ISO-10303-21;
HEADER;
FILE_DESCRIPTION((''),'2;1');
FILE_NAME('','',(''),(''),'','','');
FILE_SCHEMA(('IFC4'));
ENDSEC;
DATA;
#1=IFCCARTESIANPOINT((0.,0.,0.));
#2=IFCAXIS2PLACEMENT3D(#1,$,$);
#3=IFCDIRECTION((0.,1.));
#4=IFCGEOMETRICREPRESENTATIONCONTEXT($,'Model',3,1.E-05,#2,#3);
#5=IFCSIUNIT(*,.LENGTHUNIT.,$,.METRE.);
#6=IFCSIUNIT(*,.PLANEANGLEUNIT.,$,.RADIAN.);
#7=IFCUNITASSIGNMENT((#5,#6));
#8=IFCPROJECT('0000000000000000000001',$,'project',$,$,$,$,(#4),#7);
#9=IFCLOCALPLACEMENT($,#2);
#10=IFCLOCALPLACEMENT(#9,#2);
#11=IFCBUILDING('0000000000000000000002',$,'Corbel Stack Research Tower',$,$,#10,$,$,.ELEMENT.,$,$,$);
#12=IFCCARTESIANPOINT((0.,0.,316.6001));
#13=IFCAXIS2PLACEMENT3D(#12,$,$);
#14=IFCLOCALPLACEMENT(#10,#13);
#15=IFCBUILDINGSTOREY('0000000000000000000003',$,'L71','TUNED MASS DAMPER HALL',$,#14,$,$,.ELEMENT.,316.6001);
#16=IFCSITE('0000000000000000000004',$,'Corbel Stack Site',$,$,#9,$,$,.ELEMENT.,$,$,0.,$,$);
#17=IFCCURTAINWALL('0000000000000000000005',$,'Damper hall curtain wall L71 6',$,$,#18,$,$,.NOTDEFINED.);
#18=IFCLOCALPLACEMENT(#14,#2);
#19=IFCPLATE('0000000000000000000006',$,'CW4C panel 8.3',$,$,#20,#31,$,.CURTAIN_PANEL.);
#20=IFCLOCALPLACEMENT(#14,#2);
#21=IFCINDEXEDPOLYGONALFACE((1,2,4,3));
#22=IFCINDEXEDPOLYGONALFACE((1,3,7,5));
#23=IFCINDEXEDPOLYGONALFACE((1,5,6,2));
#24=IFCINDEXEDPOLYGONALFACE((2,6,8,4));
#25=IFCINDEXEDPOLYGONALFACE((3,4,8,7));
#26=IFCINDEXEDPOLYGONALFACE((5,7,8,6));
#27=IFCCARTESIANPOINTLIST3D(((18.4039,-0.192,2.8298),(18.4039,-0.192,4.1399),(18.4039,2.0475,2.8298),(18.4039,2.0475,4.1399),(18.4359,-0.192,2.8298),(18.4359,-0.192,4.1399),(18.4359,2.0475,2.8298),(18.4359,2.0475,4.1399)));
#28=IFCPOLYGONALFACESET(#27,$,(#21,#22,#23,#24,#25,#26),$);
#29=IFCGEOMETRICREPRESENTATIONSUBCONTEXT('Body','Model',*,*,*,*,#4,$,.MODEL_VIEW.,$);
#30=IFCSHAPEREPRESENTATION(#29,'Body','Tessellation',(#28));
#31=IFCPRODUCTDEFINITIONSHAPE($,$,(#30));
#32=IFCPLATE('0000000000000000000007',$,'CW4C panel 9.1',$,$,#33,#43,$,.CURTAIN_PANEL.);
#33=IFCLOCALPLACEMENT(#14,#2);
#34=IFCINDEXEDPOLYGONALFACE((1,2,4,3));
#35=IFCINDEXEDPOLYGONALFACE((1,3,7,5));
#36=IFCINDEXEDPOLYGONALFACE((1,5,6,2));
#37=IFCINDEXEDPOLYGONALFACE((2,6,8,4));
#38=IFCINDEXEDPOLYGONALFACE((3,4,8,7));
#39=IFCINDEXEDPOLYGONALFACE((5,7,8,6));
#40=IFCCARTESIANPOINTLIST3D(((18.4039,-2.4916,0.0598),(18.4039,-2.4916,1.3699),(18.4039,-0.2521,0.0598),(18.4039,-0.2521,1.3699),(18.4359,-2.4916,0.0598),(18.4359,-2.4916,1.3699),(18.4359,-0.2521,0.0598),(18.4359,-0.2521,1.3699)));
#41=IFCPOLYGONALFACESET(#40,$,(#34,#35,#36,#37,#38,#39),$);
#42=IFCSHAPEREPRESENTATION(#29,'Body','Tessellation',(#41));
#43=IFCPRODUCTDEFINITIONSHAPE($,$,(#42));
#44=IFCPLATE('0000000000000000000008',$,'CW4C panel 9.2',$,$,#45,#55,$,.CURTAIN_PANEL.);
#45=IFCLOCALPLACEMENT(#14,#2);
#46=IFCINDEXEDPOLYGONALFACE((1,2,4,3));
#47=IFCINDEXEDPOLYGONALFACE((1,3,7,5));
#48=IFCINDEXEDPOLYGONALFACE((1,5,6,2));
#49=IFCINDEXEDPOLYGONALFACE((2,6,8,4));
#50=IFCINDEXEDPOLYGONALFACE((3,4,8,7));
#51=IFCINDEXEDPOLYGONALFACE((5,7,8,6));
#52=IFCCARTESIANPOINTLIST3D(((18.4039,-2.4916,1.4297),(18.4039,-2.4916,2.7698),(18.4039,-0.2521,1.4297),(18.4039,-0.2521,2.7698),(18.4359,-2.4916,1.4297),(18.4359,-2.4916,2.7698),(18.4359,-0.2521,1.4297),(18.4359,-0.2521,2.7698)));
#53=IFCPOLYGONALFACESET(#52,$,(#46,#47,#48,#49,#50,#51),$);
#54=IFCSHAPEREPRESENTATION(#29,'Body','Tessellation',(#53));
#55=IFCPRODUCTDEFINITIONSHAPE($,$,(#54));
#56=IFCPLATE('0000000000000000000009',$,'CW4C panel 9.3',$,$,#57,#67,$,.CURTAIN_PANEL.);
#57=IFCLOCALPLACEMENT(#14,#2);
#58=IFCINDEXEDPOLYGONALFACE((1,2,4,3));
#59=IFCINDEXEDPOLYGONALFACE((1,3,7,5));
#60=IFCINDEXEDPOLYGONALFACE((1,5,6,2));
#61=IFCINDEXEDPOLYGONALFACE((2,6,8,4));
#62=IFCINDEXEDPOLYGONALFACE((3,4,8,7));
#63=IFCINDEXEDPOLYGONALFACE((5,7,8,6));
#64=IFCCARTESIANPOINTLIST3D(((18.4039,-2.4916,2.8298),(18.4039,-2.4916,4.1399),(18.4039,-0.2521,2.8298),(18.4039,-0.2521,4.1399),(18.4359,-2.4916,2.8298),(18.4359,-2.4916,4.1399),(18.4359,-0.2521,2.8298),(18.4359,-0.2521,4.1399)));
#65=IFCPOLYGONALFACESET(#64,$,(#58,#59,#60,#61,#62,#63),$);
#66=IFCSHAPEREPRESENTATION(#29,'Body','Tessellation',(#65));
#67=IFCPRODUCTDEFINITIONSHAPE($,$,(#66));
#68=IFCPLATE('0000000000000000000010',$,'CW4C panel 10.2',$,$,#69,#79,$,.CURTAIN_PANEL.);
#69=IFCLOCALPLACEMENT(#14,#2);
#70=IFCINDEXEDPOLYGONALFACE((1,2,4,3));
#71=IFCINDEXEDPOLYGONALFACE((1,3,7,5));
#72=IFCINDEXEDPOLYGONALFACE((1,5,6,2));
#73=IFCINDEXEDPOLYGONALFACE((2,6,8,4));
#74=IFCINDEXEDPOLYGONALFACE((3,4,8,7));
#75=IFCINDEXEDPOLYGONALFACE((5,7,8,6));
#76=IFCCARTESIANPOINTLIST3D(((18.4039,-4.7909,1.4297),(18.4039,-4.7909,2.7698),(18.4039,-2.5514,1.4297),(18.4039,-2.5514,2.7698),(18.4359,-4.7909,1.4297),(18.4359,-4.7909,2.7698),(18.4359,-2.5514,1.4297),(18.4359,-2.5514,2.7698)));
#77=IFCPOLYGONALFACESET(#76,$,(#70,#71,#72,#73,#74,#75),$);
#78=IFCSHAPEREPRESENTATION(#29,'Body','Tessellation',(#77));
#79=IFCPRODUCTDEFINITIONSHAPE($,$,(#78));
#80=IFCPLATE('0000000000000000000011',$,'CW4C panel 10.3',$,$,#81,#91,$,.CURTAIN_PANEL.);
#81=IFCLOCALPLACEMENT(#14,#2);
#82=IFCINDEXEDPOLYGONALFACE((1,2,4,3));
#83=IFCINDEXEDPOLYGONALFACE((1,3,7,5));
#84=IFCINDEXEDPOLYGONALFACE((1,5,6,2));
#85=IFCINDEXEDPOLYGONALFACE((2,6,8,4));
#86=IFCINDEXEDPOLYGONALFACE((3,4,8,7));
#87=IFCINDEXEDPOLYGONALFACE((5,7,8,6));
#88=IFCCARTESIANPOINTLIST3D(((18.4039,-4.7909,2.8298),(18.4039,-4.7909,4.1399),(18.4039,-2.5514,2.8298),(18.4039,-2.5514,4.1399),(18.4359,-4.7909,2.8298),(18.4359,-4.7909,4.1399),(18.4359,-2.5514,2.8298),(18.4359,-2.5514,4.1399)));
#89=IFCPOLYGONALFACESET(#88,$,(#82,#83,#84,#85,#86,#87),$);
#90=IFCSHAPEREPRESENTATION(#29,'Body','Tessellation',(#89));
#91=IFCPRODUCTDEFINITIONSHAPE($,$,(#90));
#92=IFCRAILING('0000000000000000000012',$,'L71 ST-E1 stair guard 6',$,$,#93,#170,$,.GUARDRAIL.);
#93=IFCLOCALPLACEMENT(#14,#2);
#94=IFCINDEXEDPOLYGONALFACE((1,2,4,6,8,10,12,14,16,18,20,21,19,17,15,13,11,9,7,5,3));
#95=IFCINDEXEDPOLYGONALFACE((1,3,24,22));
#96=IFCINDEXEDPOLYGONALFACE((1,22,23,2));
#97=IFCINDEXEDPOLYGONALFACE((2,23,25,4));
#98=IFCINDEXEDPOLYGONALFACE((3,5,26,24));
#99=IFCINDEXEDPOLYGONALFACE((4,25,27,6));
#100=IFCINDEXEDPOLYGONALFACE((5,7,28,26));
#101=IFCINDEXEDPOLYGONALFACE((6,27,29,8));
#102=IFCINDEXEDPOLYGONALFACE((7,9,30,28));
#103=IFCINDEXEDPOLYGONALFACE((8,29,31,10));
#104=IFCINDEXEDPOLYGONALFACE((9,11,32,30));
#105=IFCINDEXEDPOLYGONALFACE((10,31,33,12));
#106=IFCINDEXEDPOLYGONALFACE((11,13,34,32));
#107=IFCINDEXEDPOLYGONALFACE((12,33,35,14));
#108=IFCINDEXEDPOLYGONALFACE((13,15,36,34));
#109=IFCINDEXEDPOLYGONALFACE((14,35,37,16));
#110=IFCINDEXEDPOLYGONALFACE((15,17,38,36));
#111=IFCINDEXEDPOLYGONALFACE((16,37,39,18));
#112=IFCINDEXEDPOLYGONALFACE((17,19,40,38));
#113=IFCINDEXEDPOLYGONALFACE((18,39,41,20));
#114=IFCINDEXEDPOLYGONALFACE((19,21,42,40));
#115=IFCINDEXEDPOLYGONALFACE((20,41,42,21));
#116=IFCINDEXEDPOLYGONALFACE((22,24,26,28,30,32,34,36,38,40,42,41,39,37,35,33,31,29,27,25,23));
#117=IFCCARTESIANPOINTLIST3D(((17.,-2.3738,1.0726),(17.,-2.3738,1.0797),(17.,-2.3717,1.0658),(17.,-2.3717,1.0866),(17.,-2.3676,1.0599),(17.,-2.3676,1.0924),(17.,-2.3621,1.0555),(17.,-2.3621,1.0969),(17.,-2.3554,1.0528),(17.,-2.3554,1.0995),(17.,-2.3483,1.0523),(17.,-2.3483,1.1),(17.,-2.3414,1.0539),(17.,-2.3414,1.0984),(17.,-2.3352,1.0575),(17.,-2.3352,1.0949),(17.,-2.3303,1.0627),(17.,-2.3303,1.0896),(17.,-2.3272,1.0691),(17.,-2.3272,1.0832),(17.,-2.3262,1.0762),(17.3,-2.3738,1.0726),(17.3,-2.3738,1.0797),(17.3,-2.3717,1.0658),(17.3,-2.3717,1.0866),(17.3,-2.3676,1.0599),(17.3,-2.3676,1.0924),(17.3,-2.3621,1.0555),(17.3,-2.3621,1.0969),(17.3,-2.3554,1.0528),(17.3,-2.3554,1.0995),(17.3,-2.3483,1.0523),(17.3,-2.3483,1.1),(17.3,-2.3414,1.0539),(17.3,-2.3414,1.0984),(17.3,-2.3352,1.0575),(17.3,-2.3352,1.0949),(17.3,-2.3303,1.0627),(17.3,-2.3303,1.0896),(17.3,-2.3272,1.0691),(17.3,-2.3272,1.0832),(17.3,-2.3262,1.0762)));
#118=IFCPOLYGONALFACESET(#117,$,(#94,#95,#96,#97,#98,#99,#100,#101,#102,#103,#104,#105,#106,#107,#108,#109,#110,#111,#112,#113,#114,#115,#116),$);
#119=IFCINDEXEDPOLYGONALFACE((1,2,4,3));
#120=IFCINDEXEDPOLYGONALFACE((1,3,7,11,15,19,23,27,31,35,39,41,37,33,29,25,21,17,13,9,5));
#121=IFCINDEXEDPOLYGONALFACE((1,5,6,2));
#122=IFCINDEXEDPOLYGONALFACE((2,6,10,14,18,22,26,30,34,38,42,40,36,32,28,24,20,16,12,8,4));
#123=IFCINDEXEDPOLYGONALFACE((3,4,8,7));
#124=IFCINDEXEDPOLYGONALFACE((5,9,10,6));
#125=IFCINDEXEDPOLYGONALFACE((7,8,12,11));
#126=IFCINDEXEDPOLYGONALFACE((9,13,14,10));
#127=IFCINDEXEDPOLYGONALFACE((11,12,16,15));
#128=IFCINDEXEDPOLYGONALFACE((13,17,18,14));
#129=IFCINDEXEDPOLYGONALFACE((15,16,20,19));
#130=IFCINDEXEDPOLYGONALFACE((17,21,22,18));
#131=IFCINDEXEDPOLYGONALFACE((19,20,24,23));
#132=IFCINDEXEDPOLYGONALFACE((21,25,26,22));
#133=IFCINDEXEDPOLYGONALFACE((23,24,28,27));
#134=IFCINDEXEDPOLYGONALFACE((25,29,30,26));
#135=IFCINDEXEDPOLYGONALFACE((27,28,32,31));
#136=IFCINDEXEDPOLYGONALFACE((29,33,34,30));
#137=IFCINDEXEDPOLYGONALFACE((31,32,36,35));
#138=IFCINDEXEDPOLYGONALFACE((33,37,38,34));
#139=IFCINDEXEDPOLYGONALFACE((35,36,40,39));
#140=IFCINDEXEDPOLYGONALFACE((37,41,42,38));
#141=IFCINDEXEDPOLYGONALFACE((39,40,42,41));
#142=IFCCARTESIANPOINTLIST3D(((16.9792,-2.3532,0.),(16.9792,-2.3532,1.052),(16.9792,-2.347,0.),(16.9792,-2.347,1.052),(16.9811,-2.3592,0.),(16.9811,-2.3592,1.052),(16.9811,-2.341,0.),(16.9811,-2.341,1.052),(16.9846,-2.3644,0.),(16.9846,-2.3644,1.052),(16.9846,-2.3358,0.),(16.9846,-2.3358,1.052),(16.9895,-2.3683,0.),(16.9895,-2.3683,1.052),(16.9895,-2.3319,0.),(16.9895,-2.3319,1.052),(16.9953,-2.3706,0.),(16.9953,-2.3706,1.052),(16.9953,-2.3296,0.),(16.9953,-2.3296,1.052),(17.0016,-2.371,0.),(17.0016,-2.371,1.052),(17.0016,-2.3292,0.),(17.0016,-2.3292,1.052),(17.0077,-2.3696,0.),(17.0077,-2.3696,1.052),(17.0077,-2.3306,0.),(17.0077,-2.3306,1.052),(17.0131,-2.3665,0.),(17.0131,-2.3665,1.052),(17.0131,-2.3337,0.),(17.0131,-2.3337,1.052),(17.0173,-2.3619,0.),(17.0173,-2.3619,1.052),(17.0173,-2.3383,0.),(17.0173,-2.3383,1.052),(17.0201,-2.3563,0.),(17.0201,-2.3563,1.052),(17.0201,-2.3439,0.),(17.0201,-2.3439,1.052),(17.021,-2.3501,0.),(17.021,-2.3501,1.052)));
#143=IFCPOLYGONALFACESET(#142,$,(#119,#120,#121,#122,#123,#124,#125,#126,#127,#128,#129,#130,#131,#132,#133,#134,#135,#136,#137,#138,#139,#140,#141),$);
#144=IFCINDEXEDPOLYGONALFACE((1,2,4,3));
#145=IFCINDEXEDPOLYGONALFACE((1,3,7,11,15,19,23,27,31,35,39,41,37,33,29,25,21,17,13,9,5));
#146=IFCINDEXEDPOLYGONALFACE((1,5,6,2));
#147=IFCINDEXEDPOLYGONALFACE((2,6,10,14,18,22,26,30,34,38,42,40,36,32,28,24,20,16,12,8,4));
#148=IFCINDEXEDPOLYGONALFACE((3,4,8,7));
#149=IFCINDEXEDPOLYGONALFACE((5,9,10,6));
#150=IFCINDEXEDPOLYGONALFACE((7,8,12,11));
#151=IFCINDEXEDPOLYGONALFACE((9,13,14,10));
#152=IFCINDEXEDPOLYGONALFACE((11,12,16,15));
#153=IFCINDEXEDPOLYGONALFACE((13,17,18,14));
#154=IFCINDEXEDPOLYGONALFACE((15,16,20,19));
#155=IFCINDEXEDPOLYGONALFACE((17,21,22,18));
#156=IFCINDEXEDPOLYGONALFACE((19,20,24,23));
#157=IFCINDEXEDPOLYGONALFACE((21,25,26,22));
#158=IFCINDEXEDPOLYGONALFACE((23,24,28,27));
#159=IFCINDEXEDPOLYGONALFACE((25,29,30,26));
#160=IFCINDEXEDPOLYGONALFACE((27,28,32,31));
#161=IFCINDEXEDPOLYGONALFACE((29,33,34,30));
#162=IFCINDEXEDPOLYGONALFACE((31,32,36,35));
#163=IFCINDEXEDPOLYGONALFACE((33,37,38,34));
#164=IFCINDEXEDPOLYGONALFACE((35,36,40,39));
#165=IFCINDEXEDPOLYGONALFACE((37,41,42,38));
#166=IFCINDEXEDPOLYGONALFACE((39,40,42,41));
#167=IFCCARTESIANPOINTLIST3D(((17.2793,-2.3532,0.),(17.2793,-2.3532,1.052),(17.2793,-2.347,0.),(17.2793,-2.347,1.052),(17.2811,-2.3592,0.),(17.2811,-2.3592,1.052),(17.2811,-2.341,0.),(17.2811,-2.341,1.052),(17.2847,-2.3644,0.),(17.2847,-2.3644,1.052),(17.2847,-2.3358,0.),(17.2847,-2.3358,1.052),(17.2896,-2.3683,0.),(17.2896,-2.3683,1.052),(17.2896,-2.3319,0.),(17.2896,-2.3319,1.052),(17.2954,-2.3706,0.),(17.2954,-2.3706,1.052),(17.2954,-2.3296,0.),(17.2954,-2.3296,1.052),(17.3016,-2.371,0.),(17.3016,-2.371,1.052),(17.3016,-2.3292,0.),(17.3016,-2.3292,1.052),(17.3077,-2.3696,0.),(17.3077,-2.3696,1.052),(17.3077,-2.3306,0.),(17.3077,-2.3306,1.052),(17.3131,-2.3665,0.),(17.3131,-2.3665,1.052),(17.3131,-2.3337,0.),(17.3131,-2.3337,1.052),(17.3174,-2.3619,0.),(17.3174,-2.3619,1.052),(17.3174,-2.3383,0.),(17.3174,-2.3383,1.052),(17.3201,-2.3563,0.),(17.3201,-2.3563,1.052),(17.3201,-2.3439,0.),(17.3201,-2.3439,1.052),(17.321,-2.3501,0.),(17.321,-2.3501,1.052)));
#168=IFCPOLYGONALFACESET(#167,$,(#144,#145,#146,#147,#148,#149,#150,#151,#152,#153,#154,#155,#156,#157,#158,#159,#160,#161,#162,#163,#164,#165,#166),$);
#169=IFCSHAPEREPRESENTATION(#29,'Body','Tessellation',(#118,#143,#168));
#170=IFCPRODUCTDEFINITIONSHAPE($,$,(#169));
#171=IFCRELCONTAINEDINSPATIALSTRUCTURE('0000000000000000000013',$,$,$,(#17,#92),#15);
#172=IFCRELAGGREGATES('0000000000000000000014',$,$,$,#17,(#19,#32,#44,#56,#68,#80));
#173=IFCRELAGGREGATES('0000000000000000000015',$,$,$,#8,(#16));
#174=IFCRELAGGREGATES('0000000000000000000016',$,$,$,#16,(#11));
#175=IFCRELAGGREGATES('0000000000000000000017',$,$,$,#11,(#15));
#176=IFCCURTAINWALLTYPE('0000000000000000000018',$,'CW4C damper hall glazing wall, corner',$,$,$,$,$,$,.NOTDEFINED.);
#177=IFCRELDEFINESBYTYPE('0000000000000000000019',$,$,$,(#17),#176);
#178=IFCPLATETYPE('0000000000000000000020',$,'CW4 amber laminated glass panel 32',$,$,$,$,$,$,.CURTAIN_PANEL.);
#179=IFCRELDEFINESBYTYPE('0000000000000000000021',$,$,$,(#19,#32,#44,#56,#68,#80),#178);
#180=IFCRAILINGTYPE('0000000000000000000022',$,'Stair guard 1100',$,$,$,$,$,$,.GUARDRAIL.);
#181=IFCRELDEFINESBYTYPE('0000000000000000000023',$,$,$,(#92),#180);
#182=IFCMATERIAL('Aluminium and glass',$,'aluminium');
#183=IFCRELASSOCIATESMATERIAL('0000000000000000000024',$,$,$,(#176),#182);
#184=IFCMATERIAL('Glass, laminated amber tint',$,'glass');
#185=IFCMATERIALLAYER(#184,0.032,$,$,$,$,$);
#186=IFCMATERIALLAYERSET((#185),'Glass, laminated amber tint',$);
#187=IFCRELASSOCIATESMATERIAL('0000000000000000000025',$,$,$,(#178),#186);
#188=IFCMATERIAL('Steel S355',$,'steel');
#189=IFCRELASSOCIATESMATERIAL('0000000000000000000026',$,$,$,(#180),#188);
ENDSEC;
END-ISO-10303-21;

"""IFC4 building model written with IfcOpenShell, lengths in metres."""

from ifc_helpers import new_model, si_unit, direction, frame, origin, origin_2d, place, context, subcontext, project, spatial, rectangle, circle, extrude, material, layer, layer_set, type_object, element, aggregate, save


model = new_model("IFC4")

# Units and contexts
model_context = context("Model", 3, precision=1e-05, world=origin(), true_north=direction((0.0, 1.0)))
body_context = subcontext(model_context, "Body", "Model", "MODEL_VIEW")
ifc_project = project(units=[si_unit("LENGTHUNIT", "METRE"), si_unit("PLANEANGLEUNIT", "RADIAN")], contexts=[model_context])

# Site, building, storey
site_placement = place(None, origin())
site = spatial("IfcSite", under=ifc_project, at=site_placement, Name="Corbel Stack Site", CompositionType="ELEMENT", RefElevation=0.0)
building_placement = place(site_placement, origin())
building = spatial("IfcBuilding", under=site, at=building_placement, Name="Corbel Stack Research Tower", CompositionType="ELEMENT")
storey_placement = place(building_placement, frame((0.0, 0.0, 316.6001)))
storey = spatial("IfcBuildingStorey", under=building, at=storey_placement, Name="L71", Description="TUNED MASS DAMPER HALL", CompositionType="ELEMENT", Elevation=316.6001)

# Curtain wall, plates
ifc_material_1 = material(Name="Aluminium and glass", Category="aluminium")
curtain_wall_type = type_object("IfcCurtainWallType", Name="CW4C damper hall glazing wall, corner", PredefinedType="NOTDEFINED", material=ifc_material_1)
curtain_wall_placement = place(storey_placement, origin())
curtain_wall = element("IfcCurtainWall", 1, at=curtain_wall_placement, inside=storey, type_object=curtain_wall_type, Name="Damper hall curtain wall L71 6", PredefinedType="NOTDEFINED")
ifc_material_2 = material(Name="Glass, laminated amber tint", Category="glass")
ifc_layer = layer(ifc_material_2, 0.032)
ifc_layer_set = layer_set([ifc_layer], Name="Glass, laminated amber tint")
plate_type = type_object("IfcPlateType", Name="CW4 amber laminated glass panel 32", PredefinedType="CURTAIN_PANEL", material=ifc_layer_set)
plate_1_placement = place(storey_placement, frame((18.4199, 0.9277, 2.8298), z_axis=(0.0, 0.0, 1.0), x_axis=(0.0, -1.0, 0.0)))
plate_1 = element("IfcPlate", 2, at=plate_1_placement, type_object=plate_type, Name="CW4C panel 8.3", PredefinedType="CURTAIN_PANEL", context=body_context, shape_type="SweptSolid", body=[
    extrude(rectangle(XDim=2.2395, YDim=0.032, at=origin_2d()), origin(), (0.0, 0.0, 1.0), 1.3101),
])
plate_2_placement = place(storey_placement, frame((18.4199, -1.3718, 0.0598), z_axis=(0.0, 0.0, 1.0), x_axis=(0.0, -1.0, 0.0)))
plate_2 = element("IfcPlate", 3, at=plate_2_placement, type_object=plate_type, Name="CW4C panel 9.1", PredefinedType="CURTAIN_PANEL", context=body_context, shape_type="SweptSolid", body=[
    extrude(rectangle(XDim=2.2395, YDim=0.032, at=origin_2d()), origin(), (0.0, 0.0, 1.0), 1.3101),
])
plate_3_placement = place(storey_placement, frame((18.4199, -1.3718, 1.4297), z_axis=(0.0, 0.0, 1.0), x_axis=(0.0, -1.0, 0.0)))
plate_3 = element("IfcPlate", 4, at=plate_3_placement, type_object=plate_type, Name="CW4C panel 9.2", PredefinedType="CURTAIN_PANEL", context=body_context, shape_type="SweptSolid", body=[
    extrude(rectangle(XDim=2.2395, YDim=0.032, at=origin_2d()), origin(), (0.0, 0.0, 1.0), 1.3401),
])
plate_4_placement = place(storey_placement, frame((18.4199, -1.3718, 2.8298), z_axis=(0.0, 0.0, 1.0), x_axis=(0.0, -1.0, 0.0)))
plate_4 = element("IfcPlate", 5, at=plate_4_placement, type_object=plate_type, Name="CW4C panel 9.3", PredefinedType="CURTAIN_PANEL", context=body_context, shape_type="SweptSolid", body=[
    extrude(rectangle(XDim=2.2395, YDim=0.032, at=origin_2d()), origin(), (0.0, 0.0, 1.0), 1.3101),
])
plate_5_placement = place(storey_placement, frame((18.4199, -3.6711, 1.4297), z_axis=(0.0, 0.0, 1.0), x_axis=(0.0, -1.0, 0.0)))
plate_5 = element("IfcPlate", 6, at=plate_5_placement, type_object=plate_type, Name="CW4C panel 10.2", PredefinedType="CURTAIN_PANEL", context=body_context, shape_type="SweptSolid", body=[
    extrude(rectangle(XDim=2.2395, YDim=0.032, at=origin_2d()), origin(), (0.0, 0.0, 1.0), 1.3401),
])
plate_6_placement = place(storey_placement, frame((18.4199, -3.6711, 2.8298), z_axis=(0.0, 0.0, 1.0), x_axis=(0.0, -1.0, 0.0)))
plate_6 = element("IfcPlate", 7, at=plate_6_placement, type_object=plate_type, Name="CW4C panel 10.3", PredefinedType="CURTAIN_PANEL", context=body_context, shape_type="SweptSolid", body=[
    extrude(rectangle(XDim=2.2395, YDim=0.032, at=origin_2d()), origin(), (0.0, 0.0, 1.0), 1.3101),
])
aggregate(curtain_wall, [plate_1, plate_2, plate_3, plate_4, plate_5, plate_6])

# Railing
ifc_material_3 = material(Name="Steel S355", Category="steel")
railing_type = type_object("IfcRailingType", Name="Stair guard 1100", PredefinedType="GUARDRAIL", material=ifc_material_3)
railing_placement = place(storey_placement, frame((17.0, -2.3501, 0.0)))
element("IfcRailing", 8, at=railing_placement, inside=storey, type_object=railing_type, Name="L71 ST-E1 stair guard 6", PredefinedType="GUARDRAIL", context=body_context, shape_type="SweptSolid", body=[
    extrude(circle(Radius=0.0239, at=origin_2d()), frame((0.0, 0.0, 1.0762), z_axis=(1.0, 0.0, 0.0), x_axis=(0.0, 1.0, 0.0)), (0.0, 0.0, 1.0), 0.3),
    extrude(circle(Radius=0.021, at=origin_2d()), origin(), (0.0, 0.0, 1.0), 1.052),
    extrude(circle(Radius=0.021, at=origin_2d()), frame((0.3, 0.0, 0.0)), (0.0, 0.0, 1.0), 1.052),
])

save(model, "model.ifc")
